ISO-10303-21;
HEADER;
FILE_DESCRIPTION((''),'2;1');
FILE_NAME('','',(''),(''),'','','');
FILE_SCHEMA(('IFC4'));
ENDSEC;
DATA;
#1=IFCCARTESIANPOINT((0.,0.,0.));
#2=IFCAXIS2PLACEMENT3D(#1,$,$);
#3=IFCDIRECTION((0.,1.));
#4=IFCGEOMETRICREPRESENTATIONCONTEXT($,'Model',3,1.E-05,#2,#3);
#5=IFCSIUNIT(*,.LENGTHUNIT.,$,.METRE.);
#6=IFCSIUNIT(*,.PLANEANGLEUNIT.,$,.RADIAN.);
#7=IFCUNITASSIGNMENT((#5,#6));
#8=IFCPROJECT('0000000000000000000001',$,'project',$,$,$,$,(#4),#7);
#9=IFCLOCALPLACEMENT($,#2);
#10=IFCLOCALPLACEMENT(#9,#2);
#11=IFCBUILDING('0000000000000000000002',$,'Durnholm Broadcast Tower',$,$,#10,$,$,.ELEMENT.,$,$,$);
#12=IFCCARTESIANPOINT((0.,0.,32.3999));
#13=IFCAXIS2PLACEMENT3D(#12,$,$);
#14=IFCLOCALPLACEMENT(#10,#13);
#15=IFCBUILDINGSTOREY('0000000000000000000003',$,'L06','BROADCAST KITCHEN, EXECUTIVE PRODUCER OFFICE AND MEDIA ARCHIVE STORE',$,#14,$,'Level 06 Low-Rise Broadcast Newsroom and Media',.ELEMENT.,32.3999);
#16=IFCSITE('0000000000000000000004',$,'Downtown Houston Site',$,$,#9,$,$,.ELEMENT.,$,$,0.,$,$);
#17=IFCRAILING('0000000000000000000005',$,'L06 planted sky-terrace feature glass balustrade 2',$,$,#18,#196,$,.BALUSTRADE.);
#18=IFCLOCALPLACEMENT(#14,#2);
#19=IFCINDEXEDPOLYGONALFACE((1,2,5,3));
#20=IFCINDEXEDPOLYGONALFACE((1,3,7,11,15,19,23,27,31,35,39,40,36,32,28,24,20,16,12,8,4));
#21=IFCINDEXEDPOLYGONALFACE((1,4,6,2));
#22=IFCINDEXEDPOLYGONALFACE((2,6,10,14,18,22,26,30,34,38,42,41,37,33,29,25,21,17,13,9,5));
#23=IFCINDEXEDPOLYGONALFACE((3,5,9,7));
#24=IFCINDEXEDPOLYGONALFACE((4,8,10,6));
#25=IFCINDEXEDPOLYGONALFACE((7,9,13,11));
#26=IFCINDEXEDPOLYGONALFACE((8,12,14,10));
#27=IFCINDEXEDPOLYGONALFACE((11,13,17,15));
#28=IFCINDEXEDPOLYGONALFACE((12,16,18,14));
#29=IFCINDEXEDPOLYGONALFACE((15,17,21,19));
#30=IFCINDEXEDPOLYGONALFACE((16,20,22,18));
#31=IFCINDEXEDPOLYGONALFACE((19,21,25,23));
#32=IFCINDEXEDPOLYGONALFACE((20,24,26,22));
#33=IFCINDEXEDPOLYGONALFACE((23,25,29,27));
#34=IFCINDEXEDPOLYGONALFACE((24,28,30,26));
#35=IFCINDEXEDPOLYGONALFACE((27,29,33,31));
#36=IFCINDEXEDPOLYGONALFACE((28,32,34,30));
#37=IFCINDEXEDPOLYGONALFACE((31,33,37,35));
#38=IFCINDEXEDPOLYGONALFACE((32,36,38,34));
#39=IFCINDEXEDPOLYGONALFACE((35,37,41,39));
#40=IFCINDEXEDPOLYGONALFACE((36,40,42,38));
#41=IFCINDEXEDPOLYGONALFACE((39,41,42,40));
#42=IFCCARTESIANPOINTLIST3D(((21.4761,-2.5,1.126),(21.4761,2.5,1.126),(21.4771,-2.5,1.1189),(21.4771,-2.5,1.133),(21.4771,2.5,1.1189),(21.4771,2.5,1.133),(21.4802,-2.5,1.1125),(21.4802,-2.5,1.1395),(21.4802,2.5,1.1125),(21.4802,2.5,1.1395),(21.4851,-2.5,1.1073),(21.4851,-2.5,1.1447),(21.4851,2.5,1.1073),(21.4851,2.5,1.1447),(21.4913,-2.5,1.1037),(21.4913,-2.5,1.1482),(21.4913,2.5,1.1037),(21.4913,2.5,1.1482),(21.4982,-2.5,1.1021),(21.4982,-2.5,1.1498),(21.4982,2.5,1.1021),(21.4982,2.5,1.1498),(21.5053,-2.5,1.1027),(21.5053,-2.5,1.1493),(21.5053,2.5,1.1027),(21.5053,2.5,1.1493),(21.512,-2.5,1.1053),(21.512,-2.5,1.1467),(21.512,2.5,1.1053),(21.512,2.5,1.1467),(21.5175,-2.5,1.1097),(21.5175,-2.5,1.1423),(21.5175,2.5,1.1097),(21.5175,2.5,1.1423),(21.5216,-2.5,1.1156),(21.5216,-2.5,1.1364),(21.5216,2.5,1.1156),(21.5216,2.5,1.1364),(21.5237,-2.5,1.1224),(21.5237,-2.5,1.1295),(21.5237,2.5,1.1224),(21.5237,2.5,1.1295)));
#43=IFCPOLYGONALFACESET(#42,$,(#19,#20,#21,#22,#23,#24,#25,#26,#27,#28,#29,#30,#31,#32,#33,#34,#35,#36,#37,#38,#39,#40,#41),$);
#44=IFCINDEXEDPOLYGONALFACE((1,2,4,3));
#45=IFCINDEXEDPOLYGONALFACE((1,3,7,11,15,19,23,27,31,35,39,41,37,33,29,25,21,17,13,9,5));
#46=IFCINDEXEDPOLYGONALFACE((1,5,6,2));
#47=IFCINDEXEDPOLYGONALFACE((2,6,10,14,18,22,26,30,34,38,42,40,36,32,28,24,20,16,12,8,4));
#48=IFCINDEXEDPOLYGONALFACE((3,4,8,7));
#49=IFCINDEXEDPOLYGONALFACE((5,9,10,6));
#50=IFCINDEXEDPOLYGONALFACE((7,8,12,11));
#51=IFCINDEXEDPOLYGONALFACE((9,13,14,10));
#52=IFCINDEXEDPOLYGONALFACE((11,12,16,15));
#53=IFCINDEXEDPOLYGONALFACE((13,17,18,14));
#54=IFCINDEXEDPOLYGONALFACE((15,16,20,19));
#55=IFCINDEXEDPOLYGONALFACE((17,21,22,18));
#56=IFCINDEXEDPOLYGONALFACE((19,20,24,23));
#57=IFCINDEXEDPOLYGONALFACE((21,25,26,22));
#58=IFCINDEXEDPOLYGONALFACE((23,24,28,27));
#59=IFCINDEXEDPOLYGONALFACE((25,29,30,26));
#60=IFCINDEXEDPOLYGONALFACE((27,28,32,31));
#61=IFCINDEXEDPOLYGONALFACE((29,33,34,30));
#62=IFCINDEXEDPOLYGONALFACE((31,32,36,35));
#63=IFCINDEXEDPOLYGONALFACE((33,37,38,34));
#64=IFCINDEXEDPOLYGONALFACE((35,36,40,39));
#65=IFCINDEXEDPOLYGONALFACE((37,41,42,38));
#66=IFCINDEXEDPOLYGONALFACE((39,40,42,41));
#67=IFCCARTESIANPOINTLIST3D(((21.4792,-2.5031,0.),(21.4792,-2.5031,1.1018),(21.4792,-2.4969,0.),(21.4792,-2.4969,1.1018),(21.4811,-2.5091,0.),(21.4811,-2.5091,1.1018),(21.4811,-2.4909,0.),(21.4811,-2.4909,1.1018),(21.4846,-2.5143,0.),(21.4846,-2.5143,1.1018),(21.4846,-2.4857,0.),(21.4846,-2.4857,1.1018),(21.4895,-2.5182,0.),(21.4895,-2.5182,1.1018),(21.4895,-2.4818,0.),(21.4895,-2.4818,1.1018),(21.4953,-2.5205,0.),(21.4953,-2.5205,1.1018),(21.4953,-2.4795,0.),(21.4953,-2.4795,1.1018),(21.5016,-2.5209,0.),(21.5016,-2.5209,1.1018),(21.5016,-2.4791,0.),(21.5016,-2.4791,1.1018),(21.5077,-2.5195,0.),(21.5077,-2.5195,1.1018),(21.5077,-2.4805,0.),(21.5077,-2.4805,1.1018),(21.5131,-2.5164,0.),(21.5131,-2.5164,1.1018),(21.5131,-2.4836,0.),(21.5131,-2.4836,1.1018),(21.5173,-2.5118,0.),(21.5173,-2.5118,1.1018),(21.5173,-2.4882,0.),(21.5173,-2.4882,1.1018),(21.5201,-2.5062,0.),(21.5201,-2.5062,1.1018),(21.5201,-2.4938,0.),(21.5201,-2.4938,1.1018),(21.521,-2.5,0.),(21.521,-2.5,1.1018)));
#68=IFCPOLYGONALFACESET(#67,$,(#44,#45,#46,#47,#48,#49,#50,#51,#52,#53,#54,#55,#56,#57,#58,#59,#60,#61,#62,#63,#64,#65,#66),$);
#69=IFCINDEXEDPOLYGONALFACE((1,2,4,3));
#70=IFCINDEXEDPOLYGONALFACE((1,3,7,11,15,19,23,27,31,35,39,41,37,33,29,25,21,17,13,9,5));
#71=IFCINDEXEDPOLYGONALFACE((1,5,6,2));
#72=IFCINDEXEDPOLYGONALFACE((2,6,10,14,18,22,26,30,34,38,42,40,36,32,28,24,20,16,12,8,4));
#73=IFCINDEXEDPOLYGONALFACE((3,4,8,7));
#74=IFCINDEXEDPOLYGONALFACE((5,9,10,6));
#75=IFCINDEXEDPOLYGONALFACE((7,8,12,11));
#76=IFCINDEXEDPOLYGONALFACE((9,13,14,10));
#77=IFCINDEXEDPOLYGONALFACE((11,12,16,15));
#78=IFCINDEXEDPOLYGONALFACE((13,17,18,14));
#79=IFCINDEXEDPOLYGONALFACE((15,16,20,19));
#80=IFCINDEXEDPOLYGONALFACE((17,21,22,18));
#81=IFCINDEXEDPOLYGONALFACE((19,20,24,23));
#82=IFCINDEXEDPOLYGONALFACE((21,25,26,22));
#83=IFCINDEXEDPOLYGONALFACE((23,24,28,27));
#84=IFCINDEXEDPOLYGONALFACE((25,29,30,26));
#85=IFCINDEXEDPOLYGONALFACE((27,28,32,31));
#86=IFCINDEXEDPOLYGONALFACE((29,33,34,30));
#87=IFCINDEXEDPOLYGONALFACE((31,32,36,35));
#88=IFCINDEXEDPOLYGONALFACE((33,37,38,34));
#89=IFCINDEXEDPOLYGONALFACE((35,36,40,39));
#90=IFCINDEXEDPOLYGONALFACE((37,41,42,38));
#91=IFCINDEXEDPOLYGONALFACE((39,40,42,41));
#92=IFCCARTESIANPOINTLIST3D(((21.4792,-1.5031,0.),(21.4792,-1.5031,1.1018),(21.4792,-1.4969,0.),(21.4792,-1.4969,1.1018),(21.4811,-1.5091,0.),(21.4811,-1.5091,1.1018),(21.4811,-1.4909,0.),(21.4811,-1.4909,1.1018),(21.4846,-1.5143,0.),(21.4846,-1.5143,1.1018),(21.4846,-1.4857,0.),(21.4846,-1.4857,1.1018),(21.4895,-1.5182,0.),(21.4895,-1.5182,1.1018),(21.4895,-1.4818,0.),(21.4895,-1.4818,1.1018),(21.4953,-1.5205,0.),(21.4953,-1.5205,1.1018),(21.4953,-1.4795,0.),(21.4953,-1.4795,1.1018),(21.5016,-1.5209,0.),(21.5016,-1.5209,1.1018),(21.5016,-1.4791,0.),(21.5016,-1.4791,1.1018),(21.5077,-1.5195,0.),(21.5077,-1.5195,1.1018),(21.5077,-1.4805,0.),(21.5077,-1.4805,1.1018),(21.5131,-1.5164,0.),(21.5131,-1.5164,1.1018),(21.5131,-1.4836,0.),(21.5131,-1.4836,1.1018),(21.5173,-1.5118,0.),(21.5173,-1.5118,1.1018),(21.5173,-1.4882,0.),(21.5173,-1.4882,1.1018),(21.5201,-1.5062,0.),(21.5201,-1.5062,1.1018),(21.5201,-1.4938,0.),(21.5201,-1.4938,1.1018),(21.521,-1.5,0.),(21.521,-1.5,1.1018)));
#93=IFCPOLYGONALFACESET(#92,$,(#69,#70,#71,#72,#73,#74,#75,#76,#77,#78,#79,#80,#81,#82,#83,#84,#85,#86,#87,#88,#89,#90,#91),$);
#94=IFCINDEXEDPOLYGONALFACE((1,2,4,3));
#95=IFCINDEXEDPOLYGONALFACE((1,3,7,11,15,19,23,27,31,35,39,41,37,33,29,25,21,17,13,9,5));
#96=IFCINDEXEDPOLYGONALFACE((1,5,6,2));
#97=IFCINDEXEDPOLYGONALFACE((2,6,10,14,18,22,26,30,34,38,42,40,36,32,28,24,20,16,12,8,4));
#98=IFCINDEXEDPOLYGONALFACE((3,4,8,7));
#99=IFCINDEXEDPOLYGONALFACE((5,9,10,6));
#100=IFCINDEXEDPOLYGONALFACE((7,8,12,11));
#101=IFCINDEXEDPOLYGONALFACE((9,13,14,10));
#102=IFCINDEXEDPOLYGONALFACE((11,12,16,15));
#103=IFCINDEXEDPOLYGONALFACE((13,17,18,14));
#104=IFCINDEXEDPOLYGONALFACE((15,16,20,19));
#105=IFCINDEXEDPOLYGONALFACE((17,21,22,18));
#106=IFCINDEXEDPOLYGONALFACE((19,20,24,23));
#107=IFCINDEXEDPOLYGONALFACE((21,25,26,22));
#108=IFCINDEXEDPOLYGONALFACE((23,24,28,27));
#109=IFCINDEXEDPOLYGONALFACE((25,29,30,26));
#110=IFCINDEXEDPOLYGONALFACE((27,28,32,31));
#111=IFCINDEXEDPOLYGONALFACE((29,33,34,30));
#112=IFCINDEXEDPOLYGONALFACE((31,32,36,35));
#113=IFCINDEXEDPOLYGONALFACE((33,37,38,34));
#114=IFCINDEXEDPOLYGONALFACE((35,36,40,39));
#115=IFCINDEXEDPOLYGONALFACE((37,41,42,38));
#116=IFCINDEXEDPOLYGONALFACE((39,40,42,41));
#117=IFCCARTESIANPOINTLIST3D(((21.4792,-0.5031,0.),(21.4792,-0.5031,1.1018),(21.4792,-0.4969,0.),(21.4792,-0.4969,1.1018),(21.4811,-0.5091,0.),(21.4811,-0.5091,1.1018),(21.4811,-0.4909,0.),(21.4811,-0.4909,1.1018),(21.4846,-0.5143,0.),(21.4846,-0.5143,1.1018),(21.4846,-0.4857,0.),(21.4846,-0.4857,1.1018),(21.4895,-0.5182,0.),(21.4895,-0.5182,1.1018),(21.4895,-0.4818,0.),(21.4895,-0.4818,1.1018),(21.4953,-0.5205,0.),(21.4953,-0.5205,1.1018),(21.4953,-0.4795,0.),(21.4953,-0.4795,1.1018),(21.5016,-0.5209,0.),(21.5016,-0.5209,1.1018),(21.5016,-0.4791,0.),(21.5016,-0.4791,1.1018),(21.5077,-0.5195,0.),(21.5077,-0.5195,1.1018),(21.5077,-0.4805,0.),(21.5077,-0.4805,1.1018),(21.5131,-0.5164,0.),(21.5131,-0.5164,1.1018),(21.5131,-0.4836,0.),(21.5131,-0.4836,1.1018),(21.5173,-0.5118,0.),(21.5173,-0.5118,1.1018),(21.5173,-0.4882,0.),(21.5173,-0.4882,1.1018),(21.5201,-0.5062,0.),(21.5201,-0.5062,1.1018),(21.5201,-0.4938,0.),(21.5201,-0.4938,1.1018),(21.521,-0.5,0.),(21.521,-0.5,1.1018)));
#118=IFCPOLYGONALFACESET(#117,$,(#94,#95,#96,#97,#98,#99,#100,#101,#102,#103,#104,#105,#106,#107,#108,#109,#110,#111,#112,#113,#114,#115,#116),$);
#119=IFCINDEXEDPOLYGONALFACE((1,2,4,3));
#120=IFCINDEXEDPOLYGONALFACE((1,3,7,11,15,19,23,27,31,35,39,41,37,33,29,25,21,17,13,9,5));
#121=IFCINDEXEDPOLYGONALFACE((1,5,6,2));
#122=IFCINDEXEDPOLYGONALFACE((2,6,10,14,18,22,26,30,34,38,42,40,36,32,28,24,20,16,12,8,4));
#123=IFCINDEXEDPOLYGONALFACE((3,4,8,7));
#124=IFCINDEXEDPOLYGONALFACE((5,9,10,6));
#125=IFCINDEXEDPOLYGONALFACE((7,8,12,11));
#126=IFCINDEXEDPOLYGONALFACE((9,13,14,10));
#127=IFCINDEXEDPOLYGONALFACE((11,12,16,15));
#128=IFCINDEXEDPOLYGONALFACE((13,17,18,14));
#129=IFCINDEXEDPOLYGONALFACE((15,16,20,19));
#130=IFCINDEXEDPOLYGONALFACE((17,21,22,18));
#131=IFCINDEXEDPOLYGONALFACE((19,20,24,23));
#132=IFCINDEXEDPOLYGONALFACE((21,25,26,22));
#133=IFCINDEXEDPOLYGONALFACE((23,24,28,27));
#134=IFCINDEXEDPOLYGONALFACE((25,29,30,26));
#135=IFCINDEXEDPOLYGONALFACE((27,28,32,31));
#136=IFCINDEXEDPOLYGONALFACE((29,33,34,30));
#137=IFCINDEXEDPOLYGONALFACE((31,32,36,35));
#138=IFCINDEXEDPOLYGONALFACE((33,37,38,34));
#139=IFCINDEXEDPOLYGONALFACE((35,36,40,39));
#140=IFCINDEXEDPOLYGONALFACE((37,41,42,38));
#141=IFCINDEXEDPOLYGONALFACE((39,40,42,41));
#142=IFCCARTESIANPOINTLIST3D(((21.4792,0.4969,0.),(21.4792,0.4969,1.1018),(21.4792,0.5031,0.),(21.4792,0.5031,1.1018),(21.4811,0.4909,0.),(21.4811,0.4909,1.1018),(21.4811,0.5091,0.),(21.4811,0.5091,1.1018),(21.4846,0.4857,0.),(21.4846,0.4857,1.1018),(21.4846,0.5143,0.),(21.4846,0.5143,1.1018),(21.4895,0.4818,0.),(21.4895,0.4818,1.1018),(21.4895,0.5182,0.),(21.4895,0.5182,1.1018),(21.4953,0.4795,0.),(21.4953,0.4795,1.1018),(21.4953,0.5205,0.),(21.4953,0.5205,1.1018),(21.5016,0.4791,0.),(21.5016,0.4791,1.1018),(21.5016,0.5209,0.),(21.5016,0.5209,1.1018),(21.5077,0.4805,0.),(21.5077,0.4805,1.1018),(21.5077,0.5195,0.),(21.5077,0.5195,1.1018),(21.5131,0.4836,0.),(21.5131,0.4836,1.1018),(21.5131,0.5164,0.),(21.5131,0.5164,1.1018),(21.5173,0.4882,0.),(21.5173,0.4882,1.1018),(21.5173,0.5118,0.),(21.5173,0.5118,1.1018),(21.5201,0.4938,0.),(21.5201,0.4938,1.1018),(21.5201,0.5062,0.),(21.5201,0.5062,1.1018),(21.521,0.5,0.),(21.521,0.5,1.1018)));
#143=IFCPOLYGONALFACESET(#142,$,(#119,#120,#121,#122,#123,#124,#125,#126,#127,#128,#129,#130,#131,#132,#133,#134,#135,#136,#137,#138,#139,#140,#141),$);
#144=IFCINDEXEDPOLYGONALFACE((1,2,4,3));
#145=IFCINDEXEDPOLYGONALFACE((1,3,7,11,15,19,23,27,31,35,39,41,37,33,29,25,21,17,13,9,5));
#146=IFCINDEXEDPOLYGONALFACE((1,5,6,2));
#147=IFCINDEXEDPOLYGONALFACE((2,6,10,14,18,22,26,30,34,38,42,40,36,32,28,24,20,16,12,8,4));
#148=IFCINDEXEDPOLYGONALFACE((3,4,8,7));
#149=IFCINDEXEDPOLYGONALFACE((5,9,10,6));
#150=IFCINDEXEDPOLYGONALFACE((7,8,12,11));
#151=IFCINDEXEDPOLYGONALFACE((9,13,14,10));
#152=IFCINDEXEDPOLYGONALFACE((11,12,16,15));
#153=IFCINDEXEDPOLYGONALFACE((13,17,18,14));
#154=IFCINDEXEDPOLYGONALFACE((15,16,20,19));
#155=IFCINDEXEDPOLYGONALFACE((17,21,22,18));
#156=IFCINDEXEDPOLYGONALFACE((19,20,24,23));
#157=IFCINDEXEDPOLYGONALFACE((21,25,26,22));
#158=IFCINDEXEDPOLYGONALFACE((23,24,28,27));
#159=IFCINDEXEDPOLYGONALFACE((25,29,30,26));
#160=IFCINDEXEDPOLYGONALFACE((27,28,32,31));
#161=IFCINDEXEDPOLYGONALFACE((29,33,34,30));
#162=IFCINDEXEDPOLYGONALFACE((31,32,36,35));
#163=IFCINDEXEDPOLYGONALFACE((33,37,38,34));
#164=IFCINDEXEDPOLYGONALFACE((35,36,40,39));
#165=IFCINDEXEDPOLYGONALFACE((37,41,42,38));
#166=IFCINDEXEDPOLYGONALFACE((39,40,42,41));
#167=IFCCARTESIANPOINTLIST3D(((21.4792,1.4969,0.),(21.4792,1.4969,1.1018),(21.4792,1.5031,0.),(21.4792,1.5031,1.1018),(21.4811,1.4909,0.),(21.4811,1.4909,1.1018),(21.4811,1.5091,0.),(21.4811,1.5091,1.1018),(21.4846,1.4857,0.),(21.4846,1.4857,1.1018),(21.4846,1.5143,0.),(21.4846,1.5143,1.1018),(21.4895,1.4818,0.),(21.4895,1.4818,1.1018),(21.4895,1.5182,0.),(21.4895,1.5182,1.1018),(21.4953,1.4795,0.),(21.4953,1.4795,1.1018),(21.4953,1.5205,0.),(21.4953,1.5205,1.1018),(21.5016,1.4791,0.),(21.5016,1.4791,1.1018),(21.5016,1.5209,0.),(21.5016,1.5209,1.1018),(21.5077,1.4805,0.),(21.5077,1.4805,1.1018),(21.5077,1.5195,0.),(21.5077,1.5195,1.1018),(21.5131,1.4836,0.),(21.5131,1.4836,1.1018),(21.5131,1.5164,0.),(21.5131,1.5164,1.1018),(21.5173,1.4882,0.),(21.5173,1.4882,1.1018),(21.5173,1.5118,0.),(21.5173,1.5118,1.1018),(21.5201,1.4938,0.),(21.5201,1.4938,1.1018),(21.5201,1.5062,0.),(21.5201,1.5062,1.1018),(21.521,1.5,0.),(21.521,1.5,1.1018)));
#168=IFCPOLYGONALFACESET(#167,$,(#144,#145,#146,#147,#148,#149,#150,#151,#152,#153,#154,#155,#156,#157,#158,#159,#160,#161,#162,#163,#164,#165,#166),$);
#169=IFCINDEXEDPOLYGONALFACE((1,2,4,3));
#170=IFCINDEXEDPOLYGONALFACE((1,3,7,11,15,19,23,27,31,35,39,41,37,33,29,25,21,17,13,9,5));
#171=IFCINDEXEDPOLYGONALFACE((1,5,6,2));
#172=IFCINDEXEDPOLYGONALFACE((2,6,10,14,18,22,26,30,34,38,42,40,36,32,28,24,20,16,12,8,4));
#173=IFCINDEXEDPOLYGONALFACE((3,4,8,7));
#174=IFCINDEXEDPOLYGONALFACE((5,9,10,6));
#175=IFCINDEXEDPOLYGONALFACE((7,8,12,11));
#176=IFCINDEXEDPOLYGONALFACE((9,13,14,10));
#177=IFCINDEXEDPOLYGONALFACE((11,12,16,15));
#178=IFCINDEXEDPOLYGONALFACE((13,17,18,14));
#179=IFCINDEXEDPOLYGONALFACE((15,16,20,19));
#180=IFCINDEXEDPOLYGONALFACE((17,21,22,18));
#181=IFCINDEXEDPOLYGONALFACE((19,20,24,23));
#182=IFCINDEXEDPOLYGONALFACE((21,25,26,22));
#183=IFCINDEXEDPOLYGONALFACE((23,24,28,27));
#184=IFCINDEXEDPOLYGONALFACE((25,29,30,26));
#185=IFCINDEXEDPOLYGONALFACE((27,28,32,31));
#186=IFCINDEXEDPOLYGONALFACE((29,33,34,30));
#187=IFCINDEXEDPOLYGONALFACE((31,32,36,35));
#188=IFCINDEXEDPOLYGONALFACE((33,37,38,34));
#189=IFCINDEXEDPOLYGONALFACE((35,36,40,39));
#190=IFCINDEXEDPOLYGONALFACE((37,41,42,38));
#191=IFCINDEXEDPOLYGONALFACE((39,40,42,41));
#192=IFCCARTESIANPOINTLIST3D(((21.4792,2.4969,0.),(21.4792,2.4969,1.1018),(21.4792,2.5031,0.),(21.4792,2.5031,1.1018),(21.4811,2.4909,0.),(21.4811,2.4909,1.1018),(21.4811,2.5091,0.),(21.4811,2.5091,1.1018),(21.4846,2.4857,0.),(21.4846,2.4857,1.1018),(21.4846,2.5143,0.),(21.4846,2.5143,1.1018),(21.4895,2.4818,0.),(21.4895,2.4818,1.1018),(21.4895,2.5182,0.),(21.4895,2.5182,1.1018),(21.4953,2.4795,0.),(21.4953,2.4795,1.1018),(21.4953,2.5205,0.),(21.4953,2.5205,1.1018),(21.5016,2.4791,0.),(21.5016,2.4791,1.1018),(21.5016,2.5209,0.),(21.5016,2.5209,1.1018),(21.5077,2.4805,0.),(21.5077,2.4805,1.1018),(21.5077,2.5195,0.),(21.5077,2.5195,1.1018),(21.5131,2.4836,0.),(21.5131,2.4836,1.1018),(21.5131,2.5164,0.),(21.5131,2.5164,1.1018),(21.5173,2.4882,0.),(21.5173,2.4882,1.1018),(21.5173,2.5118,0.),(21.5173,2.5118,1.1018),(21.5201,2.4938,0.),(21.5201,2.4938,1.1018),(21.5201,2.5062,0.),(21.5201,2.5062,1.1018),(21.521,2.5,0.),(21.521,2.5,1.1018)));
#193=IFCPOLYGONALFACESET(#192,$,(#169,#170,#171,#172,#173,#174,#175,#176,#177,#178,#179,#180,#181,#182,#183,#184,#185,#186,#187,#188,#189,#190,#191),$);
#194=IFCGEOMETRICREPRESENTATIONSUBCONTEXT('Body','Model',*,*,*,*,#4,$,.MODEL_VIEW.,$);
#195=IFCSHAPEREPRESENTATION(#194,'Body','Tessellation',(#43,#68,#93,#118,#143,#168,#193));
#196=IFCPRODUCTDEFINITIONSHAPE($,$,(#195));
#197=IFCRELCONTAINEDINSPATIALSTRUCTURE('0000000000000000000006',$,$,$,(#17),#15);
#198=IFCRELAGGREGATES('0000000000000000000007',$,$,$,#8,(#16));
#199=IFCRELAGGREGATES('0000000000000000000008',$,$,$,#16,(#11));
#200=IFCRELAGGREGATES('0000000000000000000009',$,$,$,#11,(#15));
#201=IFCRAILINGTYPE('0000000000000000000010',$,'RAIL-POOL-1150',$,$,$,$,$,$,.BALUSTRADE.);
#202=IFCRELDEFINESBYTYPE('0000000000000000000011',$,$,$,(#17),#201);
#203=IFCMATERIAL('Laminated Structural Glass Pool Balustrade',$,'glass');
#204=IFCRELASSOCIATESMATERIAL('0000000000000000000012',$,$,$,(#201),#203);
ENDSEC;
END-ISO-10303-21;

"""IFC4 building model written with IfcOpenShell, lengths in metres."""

from ifc_helpers import new_model, si_unit, direction, frame, origin, origin_2d, place, context, subcontext, project, spatial, circle, extrude, material, type_object, element, save


model = new_model("IFC4")

# Units and contexts
model_context = context("Model", 3, precision=1e-05, world=origin(), true_north=direction((0.0, 1.0)))
body_context = subcontext(model_context, "Body", "Model", "MODEL_VIEW")
ifc_project = project(units=[si_unit("LENGTHUNIT", "METRE"), si_unit("PLANEANGLEUNIT", "RADIAN")], contexts=[model_context])

# Site, building, storey
site_placement = place(None, origin())
site = spatial("IfcSite", under=ifc_project, at=site_placement, Name="Downtown Houston Site", CompositionType="ELEMENT", RefElevation=0.0)
building_placement = place(site_placement, origin())
building = spatial("IfcBuilding", under=site, at=building_placement, Name="Durnholm Broadcast Tower", CompositionType="ELEMENT")
storey_placement = place(building_placement, frame((0.0, 0.0, 32.3999)))
storey = spatial("IfcBuildingStorey", under=building, at=storey_placement, Name="L06", Description="BROADCAST KITCHEN, EXECUTIVE PRODUCER OFFICE AND MEDIA ARCHIVE STORE", LongName="Level 06 Low-Rise Broadcast Newsroom and Media", CompositionType="ELEMENT", Elevation=32.3999)

# Railing
ifc_material_1 = material(Name="Laminated Structural Glass Pool Balustrade", Category="glass")
railing_type_1 = type_object("IfcRailingType", Name="RAIL-POOL-1150", PredefinedType="BALUSTRADE", material=ifc_material_1)
railing_1_placement = place(storey_placement, frame((21.5, -2.5, 0.0)))
element("IfcRailing", 1, at=railing_1_placement, inside=storey, type_object=railing_type_1, Name="L06 planted sky-terrace feature glass balustrade 2", PredefinedType="BALUSTRADE", context=body_context, shape_type="SweptSolid", body=[
    extrude(circle(Radius=0.0239, at=origin_2d()), frame((0.0, 0.0, 1.126), z_axis=(0.0, 1.0, 0.0), x_axis=(-1.0, 0.0, 0.0)), (0.0, 0.0, 1.0), 5.0),
    extrude(circle(Radius=0.021, at=origin_2d()), origin(), (0.0, 0.0, 1.0), 1.1018),
    extrude(circle(Radius=0.021, at=origin_2d()), frame((0.0, 1.0, 0.0)), (0.0, 0.0, 1.0), 1.1018),
    extrude(circle(Radius=0.021, at=origin_2d()), frame((0.0, 2.0, 0.0)), (0.0, 0.0, 1.0), 1.1018),
    extrude(circle(Radius=0.021, at=origin_2d()), frame((0.0, 3.0, 0.0)), (0.0, 0.0, 1.0), 1.1018),
    extrude(circle(Radius=0.021, at=origin_2d()), frame((0.0, 4.0, 0.0)), (0.0, 0.0, 1.0), 1.1018),
    extrude(circle(Radius=0.021, at=origin_2d()), frame((0.0, 5.0, 0.0)), (0.0, 0.0, 1.0), 1.1018),
])

save(model, "model.ifc")
